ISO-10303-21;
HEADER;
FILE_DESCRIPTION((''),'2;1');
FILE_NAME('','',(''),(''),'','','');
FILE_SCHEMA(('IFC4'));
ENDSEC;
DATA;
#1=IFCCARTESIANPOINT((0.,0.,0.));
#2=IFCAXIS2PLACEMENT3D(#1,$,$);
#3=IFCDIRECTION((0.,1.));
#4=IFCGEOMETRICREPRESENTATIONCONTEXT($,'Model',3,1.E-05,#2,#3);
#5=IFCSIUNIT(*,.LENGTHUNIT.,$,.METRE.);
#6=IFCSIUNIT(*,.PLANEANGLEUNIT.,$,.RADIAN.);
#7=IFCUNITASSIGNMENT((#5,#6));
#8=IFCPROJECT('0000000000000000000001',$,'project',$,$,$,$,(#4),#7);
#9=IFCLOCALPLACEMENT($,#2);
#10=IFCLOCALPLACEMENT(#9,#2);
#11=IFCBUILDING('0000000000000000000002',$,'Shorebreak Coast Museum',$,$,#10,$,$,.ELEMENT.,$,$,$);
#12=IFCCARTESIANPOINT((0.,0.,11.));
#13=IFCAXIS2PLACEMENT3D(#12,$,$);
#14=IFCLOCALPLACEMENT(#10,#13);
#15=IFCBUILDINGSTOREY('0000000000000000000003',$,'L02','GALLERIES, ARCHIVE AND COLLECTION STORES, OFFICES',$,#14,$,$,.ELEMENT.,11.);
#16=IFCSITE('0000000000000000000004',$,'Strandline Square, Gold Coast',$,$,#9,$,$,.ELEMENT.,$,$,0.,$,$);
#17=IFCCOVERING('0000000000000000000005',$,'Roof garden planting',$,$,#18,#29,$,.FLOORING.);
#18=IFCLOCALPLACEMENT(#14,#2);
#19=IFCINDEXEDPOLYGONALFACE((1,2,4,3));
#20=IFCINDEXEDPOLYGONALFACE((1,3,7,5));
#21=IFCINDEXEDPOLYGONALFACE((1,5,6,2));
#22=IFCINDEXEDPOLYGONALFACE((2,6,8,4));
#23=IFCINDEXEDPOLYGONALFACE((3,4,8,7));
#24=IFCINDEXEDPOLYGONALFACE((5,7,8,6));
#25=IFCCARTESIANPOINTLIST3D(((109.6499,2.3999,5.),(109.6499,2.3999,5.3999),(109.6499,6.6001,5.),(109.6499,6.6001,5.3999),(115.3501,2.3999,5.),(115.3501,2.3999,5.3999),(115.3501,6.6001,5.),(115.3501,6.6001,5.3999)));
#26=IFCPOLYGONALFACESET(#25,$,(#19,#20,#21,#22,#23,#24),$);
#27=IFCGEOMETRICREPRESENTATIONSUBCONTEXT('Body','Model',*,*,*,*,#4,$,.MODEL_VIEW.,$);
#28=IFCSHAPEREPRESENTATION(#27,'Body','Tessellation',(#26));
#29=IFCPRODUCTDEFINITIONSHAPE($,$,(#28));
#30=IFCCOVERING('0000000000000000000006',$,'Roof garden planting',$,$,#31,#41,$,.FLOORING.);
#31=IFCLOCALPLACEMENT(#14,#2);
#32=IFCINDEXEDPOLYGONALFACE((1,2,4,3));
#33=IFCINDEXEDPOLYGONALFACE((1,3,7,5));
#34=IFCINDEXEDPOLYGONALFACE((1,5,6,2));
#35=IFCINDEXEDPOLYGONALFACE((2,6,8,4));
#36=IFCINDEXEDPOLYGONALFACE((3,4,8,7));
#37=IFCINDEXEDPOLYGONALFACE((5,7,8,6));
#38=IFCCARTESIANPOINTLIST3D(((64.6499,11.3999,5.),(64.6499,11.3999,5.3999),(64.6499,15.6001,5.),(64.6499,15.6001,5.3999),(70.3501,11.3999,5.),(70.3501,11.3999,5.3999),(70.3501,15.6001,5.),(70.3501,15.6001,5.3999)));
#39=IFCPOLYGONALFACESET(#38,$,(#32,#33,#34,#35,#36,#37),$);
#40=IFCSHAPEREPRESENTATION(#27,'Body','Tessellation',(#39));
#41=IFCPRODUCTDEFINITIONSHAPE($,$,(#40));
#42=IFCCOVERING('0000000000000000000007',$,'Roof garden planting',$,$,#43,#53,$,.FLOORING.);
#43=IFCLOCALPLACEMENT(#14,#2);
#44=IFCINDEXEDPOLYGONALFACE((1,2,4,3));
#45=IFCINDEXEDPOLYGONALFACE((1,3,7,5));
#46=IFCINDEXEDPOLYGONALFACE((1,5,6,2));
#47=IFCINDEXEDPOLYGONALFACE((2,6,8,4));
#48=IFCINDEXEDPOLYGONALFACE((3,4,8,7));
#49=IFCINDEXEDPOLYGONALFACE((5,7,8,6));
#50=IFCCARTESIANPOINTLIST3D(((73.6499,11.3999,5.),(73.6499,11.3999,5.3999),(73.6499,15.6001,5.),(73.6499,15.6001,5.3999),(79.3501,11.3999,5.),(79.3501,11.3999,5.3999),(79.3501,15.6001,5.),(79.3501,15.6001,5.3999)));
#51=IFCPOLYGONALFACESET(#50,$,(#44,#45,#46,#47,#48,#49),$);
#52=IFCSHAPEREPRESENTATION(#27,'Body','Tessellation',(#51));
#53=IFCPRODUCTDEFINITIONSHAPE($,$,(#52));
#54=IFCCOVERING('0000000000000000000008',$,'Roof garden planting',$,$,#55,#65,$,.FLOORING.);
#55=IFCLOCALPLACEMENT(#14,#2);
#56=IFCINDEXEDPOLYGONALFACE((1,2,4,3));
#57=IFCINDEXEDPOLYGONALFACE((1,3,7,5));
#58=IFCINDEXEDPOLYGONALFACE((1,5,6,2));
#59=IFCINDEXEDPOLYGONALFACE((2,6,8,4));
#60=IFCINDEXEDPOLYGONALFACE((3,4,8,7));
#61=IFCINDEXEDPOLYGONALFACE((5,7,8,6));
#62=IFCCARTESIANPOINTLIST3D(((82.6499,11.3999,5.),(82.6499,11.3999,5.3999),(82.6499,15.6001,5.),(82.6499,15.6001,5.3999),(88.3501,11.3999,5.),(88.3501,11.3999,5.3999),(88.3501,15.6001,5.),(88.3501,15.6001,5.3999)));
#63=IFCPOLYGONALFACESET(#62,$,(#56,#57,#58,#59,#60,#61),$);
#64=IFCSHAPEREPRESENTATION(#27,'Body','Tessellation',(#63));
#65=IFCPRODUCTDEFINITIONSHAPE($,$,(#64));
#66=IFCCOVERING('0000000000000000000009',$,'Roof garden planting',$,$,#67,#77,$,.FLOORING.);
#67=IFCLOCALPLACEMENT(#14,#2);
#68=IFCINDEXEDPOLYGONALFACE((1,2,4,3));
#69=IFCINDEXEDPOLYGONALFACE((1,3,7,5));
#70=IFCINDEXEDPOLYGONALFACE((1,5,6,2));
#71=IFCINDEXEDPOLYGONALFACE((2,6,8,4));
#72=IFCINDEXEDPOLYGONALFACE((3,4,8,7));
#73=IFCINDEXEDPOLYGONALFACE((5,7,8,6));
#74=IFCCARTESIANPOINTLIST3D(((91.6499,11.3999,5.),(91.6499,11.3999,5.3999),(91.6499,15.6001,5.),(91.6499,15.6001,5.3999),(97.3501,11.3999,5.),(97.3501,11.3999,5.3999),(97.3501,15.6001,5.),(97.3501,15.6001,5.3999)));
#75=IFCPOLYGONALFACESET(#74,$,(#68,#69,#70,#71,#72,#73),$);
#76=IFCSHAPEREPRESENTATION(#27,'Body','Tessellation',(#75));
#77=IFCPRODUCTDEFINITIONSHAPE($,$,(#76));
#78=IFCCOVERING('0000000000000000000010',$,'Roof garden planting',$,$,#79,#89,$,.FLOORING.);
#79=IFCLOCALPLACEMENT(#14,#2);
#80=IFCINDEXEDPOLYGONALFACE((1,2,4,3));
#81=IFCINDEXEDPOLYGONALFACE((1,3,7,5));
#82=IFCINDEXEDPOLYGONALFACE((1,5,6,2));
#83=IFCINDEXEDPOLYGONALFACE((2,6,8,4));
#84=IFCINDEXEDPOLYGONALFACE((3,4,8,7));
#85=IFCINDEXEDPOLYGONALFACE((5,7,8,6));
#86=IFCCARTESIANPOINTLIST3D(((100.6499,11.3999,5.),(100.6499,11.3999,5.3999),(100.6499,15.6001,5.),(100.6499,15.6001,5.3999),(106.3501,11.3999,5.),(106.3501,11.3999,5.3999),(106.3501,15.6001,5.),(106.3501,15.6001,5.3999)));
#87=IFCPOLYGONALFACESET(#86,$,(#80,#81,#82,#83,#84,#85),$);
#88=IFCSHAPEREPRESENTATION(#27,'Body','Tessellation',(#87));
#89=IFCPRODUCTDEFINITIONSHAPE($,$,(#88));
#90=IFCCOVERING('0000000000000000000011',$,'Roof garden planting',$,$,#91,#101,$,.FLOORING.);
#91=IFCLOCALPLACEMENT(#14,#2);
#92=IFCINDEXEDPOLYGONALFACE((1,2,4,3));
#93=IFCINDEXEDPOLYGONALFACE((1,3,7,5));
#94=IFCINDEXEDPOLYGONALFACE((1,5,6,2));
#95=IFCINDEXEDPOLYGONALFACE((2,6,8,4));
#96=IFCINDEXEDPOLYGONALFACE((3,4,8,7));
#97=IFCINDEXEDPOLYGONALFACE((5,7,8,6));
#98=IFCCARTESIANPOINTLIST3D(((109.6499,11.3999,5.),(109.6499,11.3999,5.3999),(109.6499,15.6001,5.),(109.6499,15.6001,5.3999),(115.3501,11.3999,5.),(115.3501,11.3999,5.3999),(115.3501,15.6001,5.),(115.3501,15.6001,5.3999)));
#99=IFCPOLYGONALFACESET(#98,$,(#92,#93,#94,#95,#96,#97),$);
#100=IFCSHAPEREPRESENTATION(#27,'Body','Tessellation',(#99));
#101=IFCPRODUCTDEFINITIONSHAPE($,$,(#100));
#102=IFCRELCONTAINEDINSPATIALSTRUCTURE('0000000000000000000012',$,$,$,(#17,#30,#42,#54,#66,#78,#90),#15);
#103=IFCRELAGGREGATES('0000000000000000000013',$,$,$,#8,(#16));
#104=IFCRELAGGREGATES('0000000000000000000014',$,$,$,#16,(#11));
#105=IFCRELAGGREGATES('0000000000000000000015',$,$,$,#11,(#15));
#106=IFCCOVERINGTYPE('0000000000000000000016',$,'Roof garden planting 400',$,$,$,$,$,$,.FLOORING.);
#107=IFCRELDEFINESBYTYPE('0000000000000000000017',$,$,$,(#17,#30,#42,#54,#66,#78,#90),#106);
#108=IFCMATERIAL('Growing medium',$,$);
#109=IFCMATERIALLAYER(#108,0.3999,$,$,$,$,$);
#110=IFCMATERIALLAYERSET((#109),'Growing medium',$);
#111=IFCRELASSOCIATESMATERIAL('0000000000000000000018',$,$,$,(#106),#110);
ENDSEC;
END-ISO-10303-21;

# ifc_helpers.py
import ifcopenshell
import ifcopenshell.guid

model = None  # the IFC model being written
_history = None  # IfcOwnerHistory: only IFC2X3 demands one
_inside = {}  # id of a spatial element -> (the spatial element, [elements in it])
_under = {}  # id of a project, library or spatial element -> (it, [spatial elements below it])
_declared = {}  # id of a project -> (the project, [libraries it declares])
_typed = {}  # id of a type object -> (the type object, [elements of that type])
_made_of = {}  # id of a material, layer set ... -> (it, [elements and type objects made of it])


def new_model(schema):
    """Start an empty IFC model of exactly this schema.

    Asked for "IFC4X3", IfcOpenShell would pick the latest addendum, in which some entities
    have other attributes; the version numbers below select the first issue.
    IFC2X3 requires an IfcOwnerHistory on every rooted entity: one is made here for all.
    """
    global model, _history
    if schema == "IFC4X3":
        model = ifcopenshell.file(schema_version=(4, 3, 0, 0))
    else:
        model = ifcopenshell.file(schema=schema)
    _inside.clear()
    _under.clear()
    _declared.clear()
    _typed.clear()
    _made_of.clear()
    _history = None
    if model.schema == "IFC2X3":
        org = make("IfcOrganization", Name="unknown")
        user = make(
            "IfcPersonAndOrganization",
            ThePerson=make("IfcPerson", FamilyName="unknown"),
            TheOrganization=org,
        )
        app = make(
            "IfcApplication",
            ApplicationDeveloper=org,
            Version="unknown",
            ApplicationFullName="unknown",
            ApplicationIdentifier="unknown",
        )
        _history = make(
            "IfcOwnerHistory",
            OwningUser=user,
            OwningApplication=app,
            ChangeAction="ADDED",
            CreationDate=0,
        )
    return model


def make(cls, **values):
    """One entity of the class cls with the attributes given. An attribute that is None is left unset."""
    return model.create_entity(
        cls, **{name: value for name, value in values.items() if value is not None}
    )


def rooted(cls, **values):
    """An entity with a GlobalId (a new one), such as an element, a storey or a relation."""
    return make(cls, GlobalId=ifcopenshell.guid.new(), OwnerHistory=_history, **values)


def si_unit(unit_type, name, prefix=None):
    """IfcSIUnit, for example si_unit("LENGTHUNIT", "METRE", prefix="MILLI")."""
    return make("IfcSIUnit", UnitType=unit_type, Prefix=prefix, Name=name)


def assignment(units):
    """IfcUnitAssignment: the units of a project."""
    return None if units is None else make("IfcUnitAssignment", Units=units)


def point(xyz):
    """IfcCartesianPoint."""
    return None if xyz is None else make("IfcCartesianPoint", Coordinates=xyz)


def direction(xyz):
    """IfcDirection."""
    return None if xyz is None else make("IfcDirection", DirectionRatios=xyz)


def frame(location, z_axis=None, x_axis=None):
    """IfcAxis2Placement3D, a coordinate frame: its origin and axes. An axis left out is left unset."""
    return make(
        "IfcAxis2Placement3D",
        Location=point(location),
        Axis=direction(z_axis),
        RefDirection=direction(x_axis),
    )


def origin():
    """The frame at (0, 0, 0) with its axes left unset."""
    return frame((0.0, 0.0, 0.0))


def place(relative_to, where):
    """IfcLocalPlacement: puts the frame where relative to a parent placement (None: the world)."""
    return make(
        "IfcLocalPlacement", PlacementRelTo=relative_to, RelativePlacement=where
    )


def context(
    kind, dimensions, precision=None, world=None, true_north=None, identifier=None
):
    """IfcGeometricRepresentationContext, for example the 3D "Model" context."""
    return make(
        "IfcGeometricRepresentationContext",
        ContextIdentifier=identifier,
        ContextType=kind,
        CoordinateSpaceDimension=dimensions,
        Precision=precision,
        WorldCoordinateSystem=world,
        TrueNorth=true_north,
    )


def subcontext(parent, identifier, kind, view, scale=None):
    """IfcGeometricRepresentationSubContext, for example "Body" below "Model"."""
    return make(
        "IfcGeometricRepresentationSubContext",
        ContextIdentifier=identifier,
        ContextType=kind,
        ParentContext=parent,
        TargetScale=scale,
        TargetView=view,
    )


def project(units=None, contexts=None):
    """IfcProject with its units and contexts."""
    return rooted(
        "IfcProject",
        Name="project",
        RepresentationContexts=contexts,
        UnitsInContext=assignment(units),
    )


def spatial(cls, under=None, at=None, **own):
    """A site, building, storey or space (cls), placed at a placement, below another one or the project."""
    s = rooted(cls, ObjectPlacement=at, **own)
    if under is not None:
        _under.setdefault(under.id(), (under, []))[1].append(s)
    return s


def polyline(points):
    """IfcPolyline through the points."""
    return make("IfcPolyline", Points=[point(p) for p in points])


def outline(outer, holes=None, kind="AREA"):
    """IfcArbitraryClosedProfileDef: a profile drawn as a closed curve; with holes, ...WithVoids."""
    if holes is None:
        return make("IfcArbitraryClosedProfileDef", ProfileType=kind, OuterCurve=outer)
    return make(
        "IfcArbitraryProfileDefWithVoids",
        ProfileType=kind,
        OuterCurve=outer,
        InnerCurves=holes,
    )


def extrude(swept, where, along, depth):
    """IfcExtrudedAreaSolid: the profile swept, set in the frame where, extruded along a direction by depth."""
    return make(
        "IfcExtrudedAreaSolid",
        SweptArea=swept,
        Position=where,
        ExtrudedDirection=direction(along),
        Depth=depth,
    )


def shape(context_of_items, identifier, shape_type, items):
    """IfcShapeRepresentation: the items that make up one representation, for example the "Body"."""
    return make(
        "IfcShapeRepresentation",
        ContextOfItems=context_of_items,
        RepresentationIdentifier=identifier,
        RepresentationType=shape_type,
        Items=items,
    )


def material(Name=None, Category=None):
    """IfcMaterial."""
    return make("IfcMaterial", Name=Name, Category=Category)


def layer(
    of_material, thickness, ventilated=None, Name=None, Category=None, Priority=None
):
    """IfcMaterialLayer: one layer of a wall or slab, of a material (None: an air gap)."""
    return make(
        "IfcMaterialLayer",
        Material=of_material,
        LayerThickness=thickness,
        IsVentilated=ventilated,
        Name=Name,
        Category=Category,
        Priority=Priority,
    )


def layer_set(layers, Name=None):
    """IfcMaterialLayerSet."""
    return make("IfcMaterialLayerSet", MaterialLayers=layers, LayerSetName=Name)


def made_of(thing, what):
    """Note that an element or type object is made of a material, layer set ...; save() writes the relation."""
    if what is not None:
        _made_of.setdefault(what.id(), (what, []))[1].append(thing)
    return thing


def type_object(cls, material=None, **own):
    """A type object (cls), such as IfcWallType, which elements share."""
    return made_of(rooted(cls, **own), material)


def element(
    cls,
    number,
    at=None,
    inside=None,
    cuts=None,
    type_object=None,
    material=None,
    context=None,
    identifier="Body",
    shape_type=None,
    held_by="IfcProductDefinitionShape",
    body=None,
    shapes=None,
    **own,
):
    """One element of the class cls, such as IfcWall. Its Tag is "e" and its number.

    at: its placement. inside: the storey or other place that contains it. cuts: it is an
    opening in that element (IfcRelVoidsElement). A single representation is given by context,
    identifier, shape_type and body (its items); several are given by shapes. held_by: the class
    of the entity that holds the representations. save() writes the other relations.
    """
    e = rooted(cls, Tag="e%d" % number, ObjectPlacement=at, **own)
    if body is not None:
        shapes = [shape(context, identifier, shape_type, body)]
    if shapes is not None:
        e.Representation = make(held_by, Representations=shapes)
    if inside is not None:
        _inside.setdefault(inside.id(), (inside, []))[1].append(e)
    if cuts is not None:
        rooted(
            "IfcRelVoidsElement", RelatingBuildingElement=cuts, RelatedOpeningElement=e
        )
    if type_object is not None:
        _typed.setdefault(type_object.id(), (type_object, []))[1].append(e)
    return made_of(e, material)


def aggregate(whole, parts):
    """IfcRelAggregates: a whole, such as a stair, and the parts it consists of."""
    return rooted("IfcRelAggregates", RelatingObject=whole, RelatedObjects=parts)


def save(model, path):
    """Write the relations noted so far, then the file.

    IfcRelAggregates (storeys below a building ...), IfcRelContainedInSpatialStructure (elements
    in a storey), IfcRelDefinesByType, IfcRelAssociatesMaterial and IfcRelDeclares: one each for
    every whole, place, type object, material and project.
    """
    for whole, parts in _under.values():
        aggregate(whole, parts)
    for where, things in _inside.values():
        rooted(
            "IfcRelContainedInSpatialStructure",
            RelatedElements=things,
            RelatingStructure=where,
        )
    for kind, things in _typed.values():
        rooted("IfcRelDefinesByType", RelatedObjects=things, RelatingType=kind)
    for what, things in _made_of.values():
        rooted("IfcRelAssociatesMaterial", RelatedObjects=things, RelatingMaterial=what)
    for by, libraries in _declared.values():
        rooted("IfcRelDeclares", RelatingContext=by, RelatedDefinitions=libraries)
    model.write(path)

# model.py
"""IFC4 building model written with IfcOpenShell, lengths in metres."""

from ifc_helpers import new_model, si_unit, direction, frame, origin, place, context, subcontext, project, spatial, polyline, outline, extrude, material, layer, layer_set, type_object, element, save


model = new_model("IFC4")

# Units and contexts
model_context = context("Model", 3, precision=1e-05, world=origin(), true_north=direction((0.0, 1.0)))
body_context = subcontext(model_context, "Body", "Model", "MODEL_VIEW")
ifc_project = project(units=[si_unit("LENGTHUNIT", "METRE"), si_unit("PLANEANGLEUNIT", "RADIAN")], contexts=[model_context])

# Site, building, storey
site_placement = place(None, origin())
site = spatial("IfcSite", under=ifc_project, at=site_placement, Name="Strandline Square, Gold Coast", CompositionType="ELEMENT", RefElevation=0.0)
building_placement = place(site_placement, origin())
building = spatial("IfcBuilding", under=site, at=building_placement, Name="Shorebreak Coast Museum", CompositionType="ELEMENT")
storey_placement = place(building_placement, frame((0.0, 0.0, 11.0)))
storey = spatial("IfcBuildingStorey", under=building, at=storey_placement, Name="L02", Description="GALLERIES, ARCHIVE AND COLLECTION STORES, OFFICES", CompositionType="ELEMENT", Elevation=11.0)

# Coverings
ifc_material_1 = material(Name="Growing medium")
ifc_layer_1 = layer(ifc_material_1, 0.3999)
ifc_layer_set_1 = layer_set([ifc_layer_1], Name="Growing medium")
covering_type_1 = type_object("IfcCoveringType", Name="Roof garden planting 400", PredefinedType="FLOORING", material=ifc_layer_set_1)
covering_1_placement = place(storey_placement, frame((0.0, 0.0, 5.0)))
element("IfcCovering", 1, at=covering_1_placement, inside=storey, type_object=covering_type_1, Name="Roof garden planting", PredefinedType="FLOORING", context=body_context, shape_type="SweptSolid", body=[
    extrude(outline(polyline([(115.3501, 2.3999), (115.3501, 6.6001), (109.6499, 6.6001), (109.6499, 2.3999), (115.3501, 2.3999)])), origin(), (0.0, 0.0, 1.0), 0.3999),
])
covering_2_placement = place(storey_placement, frame((0.0, 0.0, 5.0)))
element("IfcCovering", 2, at=covering_2_placement, inside=storey, type_object=covering_type_1, Name="Roof garden planting", PredefinedType="FLOORING", context=body_context, shape_type="SweptSolid", body=[
    extrude(outline(polyline([(70.3501, 11.3999), (70.3501, 15.6001), (64.6499, 15.6001), (64.6499, 11.3999), (70.3501, 11.3999)])), origin(), (0.0, 0.0, 1.0), 0.3999),
])
covering_3_placement = place(storey_placement, frame((0.0, 0.0, 5.0)))
element("IfcCovering", 3, at=covering_3_placement, inside=storey, type_object=covering_type_1, Name="Roof garden planting", PredefinedType="FLOORING", context=body_context, shape_type="SweptSolid", body=[
    extrude(outline(polyline([(79.3501, 11.3999), (79.3501, 15.6001), (73.6499, 15.6001), (73.6499, 11.3999), (79.3501, 11.3999)])), origin(), (0.0, 0.0, 1.0), 0.3999),
])
covering_4_placement = place(storey_placement, frame((0.0, 0.0, 5.0)))
element("IfcCovering", 4, at=covering_4_placement, inside=storey, type_object=covering_type_1, Name="Roof garden planting", PredefinedType="FLOORING", context=body_context, shape_type="SweptSolid", body=[
    extrude(outline(polyline([(88.3501, 11.3999), (88.3501, 15.6001), (82.6499, 15.6001), (82.6499, 11.3999), (88.3501, 11.3999)])), origin(), (0.0, 0.0, 1.0), 0.3999),
])
covering_5_placement = place(storey_placement, frame((0.0, 0.0, 5.0)))
element("IfcCovering", 5, at=covering_5_placement, inside=storey, type_object=covering_type_1, Name="Roof garden planting", PredefinedType="FLOORING", context=body_context, shape_type="SweptSolid", body=[
    extrude(outline(polyline([(97.3501, 11.3999), (97.3501, 15.6001), (91.6499, 15.6001), (91.6499, 11.3999), (97.3501, 11.3999)])), origin(), (0.0, 0.0, 1.0), 0.3999),
])
covering_6_placement = place(storey_placement, frame((0.0, 0.0, 5.0)))
element("IfcCovering", 6, at=covering_6_placement, inside=storey, type_object=covering_type_1, Name="Roof garden planting", PredefinedType="FLOORING", context=body_context, shape_type="SweptSolid", body=[
    extrude(outline(polyline([(106.3501, 11.3999), (106.3501, 15.6001), (100.6499, 15.6001), (100.6499, 11.3999), (106.3501, 11.3999)])), origin(), (0.0, 0.0, 1.0), 0.3999),
])
covering_7_placement = place(storey_placement, frame((0.0, 0.0, 5.0)))
element("IfcCovering", 7, at=covering_7_placement, inside=storey, type_object=covering_type_1, Name="Roof garden planting", PredefinedType="FLOORING", context=body_context, shape_type="SweptSolid", body=[
    extrude(outline(polyline([(115.3501, 11.3999), (115.3501, 15.6001), (109.6499, 15.6001), (109.6499, 11.3999), (115.3501, 11.3999)])), origin(), (0.0, 0.0, 1.0), 0.3999),
])

save(model, "model.ifc")
